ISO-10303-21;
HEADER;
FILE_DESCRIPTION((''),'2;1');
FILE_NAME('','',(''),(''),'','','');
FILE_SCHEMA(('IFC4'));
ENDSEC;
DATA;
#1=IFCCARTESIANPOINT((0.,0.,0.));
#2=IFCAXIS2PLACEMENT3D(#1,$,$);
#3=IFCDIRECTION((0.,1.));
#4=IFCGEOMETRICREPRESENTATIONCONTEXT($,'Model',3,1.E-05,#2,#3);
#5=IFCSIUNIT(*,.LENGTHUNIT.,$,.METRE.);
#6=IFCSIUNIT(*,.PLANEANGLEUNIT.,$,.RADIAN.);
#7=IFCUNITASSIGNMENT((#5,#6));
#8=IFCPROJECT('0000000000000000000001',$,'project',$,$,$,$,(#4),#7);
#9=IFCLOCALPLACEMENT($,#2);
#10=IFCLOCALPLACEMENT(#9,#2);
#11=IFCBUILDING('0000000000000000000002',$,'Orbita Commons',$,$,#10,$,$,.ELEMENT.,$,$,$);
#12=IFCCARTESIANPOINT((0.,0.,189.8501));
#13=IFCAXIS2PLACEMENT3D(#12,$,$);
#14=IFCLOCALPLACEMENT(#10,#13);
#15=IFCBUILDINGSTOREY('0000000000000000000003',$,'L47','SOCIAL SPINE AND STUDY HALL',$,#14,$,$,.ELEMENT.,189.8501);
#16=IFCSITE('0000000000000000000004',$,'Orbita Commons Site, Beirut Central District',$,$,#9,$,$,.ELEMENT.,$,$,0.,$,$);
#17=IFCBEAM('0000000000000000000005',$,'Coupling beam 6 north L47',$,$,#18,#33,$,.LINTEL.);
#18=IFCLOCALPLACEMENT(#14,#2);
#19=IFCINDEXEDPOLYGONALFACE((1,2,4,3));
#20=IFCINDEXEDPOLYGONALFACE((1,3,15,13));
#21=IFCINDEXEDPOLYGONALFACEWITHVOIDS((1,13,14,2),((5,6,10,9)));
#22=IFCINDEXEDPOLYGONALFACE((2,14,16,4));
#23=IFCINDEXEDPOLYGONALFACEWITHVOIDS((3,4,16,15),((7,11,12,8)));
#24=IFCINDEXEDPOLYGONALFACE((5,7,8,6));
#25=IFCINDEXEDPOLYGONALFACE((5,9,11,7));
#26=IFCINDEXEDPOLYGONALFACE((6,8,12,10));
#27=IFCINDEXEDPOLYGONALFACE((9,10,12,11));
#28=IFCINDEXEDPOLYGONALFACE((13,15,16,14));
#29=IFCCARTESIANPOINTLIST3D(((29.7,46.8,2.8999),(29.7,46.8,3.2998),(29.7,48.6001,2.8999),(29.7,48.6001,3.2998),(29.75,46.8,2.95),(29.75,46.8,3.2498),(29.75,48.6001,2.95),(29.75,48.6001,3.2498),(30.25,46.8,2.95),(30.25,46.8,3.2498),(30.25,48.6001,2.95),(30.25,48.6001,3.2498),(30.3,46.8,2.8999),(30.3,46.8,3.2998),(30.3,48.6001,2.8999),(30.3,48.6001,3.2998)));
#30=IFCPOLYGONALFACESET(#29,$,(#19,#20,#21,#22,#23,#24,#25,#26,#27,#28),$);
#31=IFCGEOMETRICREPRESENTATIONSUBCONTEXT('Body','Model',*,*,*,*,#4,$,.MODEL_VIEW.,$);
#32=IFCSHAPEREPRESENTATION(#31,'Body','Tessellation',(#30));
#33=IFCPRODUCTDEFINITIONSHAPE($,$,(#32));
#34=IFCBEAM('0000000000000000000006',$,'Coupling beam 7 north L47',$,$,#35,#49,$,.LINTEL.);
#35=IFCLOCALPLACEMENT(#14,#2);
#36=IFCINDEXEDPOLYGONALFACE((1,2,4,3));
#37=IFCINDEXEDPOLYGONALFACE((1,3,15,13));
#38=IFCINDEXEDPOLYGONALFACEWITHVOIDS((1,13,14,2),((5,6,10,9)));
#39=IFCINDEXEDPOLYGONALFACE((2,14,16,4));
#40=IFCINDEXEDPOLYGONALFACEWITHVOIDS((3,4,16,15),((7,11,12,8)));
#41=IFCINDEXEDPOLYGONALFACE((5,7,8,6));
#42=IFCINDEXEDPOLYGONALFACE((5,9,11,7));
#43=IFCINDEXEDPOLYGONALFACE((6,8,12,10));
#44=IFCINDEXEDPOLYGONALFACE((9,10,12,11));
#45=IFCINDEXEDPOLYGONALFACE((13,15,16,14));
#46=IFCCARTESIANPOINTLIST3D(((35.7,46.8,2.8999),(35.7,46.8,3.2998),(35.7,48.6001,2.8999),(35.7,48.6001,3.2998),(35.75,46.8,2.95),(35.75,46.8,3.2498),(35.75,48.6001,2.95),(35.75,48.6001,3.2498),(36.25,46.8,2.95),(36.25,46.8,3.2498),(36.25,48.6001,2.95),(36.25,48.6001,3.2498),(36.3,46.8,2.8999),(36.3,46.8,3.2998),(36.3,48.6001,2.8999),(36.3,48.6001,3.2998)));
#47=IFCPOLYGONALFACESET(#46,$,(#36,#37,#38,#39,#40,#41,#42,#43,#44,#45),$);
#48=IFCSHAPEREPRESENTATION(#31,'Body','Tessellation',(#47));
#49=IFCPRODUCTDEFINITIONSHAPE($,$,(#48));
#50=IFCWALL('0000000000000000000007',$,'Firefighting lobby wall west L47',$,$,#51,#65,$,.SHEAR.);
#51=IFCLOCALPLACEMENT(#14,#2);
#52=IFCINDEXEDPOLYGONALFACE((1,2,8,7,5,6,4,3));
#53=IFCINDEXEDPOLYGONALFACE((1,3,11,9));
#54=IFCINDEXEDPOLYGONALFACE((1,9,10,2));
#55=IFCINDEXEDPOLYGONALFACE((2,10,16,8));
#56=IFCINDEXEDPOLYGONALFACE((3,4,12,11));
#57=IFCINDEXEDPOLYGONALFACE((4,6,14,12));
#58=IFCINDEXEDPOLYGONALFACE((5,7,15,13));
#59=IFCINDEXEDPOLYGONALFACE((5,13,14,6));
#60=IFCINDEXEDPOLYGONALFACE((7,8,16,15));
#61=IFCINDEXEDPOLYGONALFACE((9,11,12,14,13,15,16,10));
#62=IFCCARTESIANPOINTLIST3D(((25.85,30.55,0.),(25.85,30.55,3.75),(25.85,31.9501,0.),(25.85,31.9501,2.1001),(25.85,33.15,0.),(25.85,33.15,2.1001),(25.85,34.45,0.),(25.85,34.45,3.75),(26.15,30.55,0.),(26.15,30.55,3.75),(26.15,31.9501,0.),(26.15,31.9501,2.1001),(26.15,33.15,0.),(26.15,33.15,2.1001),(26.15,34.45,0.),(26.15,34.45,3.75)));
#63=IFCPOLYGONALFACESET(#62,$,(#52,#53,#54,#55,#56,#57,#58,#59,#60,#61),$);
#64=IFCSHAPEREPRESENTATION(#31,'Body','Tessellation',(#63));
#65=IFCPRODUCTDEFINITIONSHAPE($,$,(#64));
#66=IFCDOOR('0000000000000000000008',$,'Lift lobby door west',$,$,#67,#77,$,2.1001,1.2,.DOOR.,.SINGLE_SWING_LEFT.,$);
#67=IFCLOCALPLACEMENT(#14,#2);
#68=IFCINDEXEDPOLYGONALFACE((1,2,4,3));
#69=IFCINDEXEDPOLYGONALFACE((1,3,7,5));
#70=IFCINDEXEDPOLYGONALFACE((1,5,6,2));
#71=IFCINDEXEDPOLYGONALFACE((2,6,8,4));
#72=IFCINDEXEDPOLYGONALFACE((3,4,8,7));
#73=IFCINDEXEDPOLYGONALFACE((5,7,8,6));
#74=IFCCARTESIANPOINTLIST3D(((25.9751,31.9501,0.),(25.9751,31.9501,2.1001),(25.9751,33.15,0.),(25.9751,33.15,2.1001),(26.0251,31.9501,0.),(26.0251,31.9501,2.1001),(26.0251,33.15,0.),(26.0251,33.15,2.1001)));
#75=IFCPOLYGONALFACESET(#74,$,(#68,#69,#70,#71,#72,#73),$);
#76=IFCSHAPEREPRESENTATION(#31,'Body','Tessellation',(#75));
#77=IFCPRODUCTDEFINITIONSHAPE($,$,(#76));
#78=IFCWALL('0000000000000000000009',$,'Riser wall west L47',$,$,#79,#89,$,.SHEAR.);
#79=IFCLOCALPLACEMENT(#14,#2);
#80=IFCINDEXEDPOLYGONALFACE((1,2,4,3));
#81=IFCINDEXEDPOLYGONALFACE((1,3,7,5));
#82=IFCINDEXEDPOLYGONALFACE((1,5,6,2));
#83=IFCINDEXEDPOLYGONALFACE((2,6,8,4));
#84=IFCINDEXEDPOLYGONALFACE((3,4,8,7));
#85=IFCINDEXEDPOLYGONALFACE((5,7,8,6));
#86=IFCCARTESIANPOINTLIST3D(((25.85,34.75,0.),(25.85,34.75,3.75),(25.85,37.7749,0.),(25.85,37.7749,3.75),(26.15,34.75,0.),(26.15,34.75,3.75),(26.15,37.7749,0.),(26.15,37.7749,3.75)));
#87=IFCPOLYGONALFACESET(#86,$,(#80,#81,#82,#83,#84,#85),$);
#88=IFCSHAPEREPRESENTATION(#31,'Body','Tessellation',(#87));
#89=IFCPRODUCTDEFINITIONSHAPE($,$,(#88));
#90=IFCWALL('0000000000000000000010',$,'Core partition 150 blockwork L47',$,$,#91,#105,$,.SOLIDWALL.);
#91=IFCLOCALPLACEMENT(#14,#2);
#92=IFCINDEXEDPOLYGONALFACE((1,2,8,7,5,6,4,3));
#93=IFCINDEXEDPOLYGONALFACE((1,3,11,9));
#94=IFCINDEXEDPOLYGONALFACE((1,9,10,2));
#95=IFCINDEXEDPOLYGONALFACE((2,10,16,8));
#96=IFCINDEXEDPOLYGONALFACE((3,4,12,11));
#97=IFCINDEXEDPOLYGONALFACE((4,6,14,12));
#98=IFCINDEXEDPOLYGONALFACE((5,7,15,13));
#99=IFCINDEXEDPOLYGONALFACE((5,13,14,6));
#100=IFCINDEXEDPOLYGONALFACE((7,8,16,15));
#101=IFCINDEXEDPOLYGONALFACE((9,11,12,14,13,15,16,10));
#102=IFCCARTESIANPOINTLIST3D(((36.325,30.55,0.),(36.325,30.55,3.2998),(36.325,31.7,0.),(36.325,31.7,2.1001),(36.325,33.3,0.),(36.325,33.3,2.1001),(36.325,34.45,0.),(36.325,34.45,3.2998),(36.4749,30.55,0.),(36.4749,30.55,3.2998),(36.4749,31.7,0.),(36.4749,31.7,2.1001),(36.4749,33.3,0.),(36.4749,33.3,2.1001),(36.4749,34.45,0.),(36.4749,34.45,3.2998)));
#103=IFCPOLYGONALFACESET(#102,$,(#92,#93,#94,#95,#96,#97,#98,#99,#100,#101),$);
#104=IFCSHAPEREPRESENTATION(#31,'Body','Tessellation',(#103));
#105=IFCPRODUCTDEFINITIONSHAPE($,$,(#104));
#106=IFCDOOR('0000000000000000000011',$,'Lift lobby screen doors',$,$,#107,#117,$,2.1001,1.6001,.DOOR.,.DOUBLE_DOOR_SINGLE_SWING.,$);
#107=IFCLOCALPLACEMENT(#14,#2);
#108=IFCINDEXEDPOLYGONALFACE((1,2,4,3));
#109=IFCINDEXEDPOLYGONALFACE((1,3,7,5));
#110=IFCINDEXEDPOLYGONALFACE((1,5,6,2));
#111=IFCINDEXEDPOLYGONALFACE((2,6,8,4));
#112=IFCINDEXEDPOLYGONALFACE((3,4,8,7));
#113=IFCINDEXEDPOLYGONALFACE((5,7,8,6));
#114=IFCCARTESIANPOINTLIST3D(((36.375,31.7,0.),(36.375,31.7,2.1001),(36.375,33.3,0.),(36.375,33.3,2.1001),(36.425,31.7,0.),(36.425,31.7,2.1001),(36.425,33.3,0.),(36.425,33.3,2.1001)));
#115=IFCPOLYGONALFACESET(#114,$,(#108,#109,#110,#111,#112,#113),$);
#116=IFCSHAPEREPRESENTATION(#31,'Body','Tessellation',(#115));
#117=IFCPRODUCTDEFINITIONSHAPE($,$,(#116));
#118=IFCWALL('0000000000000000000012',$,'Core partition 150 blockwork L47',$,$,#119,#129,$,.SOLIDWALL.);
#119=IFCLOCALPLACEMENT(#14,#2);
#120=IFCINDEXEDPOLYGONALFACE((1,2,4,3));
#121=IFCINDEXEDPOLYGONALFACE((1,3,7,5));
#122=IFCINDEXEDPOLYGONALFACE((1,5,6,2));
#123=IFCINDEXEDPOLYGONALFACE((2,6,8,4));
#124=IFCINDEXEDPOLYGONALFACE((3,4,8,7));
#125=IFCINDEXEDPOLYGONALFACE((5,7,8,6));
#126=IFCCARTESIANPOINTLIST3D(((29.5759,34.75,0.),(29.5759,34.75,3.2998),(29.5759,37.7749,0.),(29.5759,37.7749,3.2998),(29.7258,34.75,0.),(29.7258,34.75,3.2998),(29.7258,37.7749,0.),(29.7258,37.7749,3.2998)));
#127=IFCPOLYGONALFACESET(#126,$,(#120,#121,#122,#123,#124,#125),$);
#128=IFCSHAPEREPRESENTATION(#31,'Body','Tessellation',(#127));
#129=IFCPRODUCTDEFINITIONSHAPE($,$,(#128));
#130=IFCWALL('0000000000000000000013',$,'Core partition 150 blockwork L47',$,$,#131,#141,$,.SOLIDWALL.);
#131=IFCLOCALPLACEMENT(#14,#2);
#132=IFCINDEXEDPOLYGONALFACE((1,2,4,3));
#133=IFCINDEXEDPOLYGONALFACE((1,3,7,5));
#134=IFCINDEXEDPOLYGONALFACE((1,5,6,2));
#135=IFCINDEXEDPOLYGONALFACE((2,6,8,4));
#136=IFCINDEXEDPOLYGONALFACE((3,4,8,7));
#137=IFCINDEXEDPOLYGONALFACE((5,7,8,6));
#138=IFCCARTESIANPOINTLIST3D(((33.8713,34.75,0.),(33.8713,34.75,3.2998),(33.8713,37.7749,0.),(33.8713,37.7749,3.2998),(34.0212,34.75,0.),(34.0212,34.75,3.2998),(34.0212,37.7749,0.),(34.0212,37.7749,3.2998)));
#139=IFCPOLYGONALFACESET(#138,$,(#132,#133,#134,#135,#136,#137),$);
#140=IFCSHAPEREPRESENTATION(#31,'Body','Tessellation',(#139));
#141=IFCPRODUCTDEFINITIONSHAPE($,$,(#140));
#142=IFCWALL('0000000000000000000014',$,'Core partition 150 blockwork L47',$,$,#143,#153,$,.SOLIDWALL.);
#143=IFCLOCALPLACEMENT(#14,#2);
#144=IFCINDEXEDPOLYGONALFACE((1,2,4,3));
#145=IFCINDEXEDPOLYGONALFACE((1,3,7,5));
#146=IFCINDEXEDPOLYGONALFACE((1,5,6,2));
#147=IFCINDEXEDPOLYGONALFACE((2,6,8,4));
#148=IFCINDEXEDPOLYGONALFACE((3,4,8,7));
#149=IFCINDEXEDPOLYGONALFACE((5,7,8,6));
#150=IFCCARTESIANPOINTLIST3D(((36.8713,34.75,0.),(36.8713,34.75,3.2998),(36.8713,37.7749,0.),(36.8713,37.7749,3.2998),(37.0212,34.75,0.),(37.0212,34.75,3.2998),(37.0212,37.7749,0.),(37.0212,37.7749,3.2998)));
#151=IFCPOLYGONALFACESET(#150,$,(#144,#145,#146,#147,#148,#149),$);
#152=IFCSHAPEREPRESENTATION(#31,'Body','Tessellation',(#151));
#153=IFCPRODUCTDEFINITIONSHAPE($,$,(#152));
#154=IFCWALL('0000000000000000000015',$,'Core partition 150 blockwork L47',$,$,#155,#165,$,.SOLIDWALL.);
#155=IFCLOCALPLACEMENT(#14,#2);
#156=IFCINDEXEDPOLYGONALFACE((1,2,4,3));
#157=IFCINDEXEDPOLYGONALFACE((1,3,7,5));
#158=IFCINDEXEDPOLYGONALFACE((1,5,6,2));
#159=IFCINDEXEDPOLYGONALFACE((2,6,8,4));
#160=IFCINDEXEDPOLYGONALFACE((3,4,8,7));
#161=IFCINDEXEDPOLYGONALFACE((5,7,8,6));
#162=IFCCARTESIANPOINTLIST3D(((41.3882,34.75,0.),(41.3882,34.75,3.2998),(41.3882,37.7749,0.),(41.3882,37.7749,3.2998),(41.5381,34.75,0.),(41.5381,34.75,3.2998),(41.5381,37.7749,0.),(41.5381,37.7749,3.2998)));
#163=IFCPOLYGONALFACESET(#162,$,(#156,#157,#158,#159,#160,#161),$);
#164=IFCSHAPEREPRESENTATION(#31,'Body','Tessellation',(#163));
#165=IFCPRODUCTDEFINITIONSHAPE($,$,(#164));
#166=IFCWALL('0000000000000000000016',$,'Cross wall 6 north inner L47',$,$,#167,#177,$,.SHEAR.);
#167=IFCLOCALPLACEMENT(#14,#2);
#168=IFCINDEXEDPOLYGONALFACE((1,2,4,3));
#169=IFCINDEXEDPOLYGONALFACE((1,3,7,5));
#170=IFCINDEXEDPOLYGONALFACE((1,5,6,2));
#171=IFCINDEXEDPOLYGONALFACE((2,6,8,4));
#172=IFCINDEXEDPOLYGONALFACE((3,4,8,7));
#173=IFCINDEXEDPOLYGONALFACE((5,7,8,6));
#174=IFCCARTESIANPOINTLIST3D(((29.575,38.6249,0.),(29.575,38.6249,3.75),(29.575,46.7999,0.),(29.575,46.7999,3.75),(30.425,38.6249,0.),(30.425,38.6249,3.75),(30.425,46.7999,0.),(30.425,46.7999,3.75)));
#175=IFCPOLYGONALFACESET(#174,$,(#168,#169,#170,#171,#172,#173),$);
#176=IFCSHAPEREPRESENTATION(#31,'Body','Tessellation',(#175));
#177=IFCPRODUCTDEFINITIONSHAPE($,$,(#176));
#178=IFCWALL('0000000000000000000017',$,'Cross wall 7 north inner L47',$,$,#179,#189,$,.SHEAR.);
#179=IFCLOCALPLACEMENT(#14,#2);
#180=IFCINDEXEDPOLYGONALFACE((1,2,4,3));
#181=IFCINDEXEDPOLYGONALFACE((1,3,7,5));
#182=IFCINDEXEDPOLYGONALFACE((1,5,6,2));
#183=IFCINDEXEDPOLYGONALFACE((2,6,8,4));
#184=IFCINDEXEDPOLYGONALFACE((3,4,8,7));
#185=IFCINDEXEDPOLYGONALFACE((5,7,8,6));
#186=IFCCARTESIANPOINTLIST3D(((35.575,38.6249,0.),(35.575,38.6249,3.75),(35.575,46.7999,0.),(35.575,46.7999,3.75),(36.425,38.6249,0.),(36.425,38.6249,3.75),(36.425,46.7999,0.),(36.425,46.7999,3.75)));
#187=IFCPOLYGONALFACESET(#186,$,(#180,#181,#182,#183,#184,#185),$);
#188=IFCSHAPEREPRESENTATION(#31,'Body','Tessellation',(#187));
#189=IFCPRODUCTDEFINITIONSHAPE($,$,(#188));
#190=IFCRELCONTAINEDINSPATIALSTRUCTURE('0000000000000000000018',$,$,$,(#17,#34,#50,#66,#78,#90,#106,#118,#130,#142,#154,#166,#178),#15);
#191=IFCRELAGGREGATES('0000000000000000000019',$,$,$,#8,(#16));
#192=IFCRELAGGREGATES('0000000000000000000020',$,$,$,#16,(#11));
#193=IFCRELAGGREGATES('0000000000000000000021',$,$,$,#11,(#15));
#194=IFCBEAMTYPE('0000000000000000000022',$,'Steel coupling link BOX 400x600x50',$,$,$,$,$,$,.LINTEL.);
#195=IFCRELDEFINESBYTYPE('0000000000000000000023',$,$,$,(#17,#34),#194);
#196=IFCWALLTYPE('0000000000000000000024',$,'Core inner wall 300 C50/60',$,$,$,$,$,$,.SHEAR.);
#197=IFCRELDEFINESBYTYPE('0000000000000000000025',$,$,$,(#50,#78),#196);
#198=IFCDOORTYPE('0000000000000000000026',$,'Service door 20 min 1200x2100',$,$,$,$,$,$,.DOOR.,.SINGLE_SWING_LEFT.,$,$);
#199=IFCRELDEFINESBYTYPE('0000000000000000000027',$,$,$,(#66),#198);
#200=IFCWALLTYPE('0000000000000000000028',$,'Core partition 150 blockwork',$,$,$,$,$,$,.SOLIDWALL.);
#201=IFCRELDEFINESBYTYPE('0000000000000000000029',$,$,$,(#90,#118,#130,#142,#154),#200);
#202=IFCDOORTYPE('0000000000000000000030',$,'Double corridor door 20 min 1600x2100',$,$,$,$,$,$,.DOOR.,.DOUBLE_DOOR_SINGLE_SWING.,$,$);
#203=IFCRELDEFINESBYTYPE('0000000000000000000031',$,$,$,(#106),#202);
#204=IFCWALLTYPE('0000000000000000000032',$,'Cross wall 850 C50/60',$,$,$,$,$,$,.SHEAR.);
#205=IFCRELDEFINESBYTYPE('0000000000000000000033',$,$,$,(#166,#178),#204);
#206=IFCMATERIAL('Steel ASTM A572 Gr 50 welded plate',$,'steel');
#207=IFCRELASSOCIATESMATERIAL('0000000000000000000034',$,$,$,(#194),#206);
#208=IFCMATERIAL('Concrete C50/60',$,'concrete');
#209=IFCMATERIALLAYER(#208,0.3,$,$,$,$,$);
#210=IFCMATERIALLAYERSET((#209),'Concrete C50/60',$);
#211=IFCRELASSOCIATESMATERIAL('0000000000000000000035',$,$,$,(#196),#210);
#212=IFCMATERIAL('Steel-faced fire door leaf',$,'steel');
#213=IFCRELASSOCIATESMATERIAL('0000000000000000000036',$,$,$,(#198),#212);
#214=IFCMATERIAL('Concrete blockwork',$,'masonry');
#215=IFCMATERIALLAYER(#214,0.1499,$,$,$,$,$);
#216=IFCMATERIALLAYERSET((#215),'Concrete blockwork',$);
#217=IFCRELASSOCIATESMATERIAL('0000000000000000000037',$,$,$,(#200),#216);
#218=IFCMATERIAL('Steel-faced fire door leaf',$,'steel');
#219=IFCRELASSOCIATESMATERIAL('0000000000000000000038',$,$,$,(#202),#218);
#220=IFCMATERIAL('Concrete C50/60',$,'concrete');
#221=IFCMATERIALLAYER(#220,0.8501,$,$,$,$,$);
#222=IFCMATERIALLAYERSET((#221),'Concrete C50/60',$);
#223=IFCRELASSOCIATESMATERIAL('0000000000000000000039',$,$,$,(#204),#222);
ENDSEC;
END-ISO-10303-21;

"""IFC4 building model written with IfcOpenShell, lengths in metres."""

from ifc_helpers import new_model, si_unit, direction, frame, frame_2d, origin, origin_2d, place, context, subcontext, project, spatial, rectangle, hollow_rectangle, extrude, material, layer, layer_set, material_profile, profile_set, type_object, element, fill, save


model = new_model("IFC4")

# Units and contexts
model_context = context("Model", 3, precision=1e-05, world=origin(), true_north=direction((0.0, 1.0)))
body_context = subcontext(model_context, "Body", "Model", "MODEL_VIEW")
ifc_project = project(units=[si_unit("LENGTHUNIT", "METRE"), si_unit("PLANEANGLEUNIT", "RADIAN")], contexts=[model_context])

# Site, building, storey
site_placement = place(None, origin())
site = spatial("IfcSite", under=ifc_project, at=site_placement, Name="Orbita Commons Site, Beirut Central District", CompositionType="ELEMENT", RefElevation=0.0)
building_placement = place(site_placement, origin())
building = spatial("IfcBuilding", under=site, at=building_placement, Name="Orbita Commons", CompositionType="ELEMENT")
storey_placement = place(building_placement, frame((0.0, 0.0, 189.8501)))
storey = spatial("IfcBuildingStorey", under=building, at=storey_placement, Name="L47", Description="SOCIAL SPINE AND STUDY HALL", CompositionType="ELEMENT", Elevation=189.8501)

# Beams
ifc_material_1 = material(Name="Steel ASTM A572 Gr 50 welded plate", Category="steel")
ifc_material_profile = material_profile(ifc_material_1, hollow_rectangle(XDim=0.6001, YDim=0.3999, WallThickness=0.05, at=origin_2d()), Name="BOX 400x600x50")
ifc_profile_set = profile_set([ifc_material_profile], Name="Steel ASTM A572 Gr 50 welded plate")
beam_type = type_object("IfcBeamType", Name="Steel coupling link BOX 400x600x50", PredefinedType="LINTEL", material=ifc_profile_set)
for number, where, z_axis, x_axis, name in (
    (1, (30.0, 46.8, 3.0999), (0.0, 1.0, 0.0), (-1.0, 0.0, 0.0), "Coupling beam 6 north L47"),
    (2, (36.0, 46.8, 3.0999), (0.0, 1.0, 0.0), (-1.0, 0.0, 0.0), "Coupling beam 7 north L47"),
):
    element("IfcBeam", number, at=place(storey_placement, frame(where, z_axis=z_axis, x_axis=x_axis)), inside=storey, type_object=beam_type, Name=name, PredefinedType="LINTEL", context=body_context, shape_type="SweptSolid", body=[
        extrude(hollow_rectangle(XDim=0.6001, YDim=0.3999, WallThickness=0.05, at=origin_2d()), origin(), (0.0, 0.0, 1.0), 1.8),
    ])

# Wall, opening, door
ifc_material_2 = material(Name="Concrete C50/60", Category="concrete")
ifc_layer_1 = layer(ifc_material_2, 0.3)
ifc_layer_set_1 = layer_set([ifc_layer_1], Name="Concrete C50/60")
wall_type_1 = type_object("IfcWallType", Name="Core inner wall 300 C50/60", PredefinedType="SHEAR", material=ifc_layer_set_1)
wall_1_placement = place(storey_placement, frame((26.0, 30.55, 0.0), z_axis=(0.0, 0.0, 1.0), x_axis=(0.0, 1.0, 0.0)))
wall_1 = element("IfcWall", 3, at=wall_1_placement, inside=storey, type_object=wall_type_1, Name="Firefighting lobby wall west L47", PredefinedType="SHEAR", context=body_context, shape_type="SweptSolid", body=[
    extrude(rectangle(XDim=3.8999, YDim=0.3, at=frame_2d((1.95, 0.0))), origin(), (0.0, 0.0, 1.0), 3.75),
])
opening_1_placement = place(wall_1_placement, frame((1.3999, 0.0, 0.0)))
opening_1 = element("IfcOpeningElement", 4, at=opening_1_placement, cuts=wall_1, PredefinedType="OPENING", context=body_context, shape_type="SweptSolid", body=[
    extrude(rectangle(XDim=1.2, YDim=2.1001, at=frame_2d((0.6001, 1.05))), frame((0.0, 0.1599, 0.0), z_axis=(0.0, -1.0, 0.0), x_axis=(1.0, 0.0, 0.0)), (0.0, 0.0, 1.0), 0.3201),
])
ifc_material_3 = material(Name="Steel-faced fire door leaf", Category="steel")
door_type_1 = type_object("IfcDoorType", Name="Service door 20 min 1200x2100", OperationType="SINGLE_SWING_LEFT", PredefinedType="DOOR", material=ifc_material_3)
door_1_placement = place(opening_1_placement, origin())
door_1 = element("IfcDoor", 5, at=door_1_placement, inside=storey, type_object=door_type_1, Name="Lift lobby door west", OperationType="SINGLE_SWING_LEFT", OverallHeight=2.1001, OverallWidth=1.2, PredefinedType="DOOR", context=body_context, shape_type="SweptSolid", body=[
    extrude(rectangle(XDim=1.2, YDim=2.1001, at=frame_2d((0.6001, 1.05))), frame((0.0, 0.0249, 0.0), z_axis=(0.0, -1.0, 0.0), x_axis=(1.0, 0.0, 0.0)), (0.0, 0.0, 1.0), 0.05),
])
fill(opening_1, door_1)

# Wall
wall_2_placement = place(storey_placement, frame((26.0, 34.75, 0.0), z_axis=(0.0, 0.0, 1.0), x_axis=(0.0, 1.0, 0.0)))
element("IfcWall", 6, at=wall_2_placement, inside=storey, type_object=wall_type_1, Name="Riser wall west L47", PredefinedType="SHEAR", context=body_context, shape_type="SweptSolid", body=[
    extrude(rectangle(XDim=3.0249, YDim=0.3, at=frame_2d((1.5125, 0.0))), origin(), (0.0, 0.0, 1.0), 3.75),
])

# Wall, opening, door
ifc_material_4 = material(Name="Concrete blockwork", Category="masonry")
ifc_layer_2 = layer(ifc_material_4, 0.1499)
ifc_layer_set_2 = layer_set([ifc_layer_2], Name="Concrete blockwork")
wall_type_2 = type_object("IfcWallType", Name="Core partition 150 blockwork", PredefinedType="SOLIDWALL", material=ifc_layer_set_2)
wall_3_placement = place(storey_placement, frame((36.3999, 30.55, 0.0), z_axis=(0.0, 0.0, 1.0), x_axis=(0.0, 1.0, 0.0)))
wall_3 = element("IfcWall", 7, at=wall_3_placement, inside=storey, type_object=wall_type_2, Name="Core partition 150 blockwork L47", PredefinedType="SOLIDWALL", context=body_context, shape_type="SweptSolid", body=[
    extrude(rectangle(XDim=3.8999, YDim=0.1499, at=frame_2d((1.95, 0.0))), origin(), (0.0, 0.0, 1.0), 3.2998),
])
opening_2_placement = place(wall_3_placement, frame((1.1499, 0.0, 0.0)))
opening_2 = element("IfcOpeningElement", 8, at=opening_2_placement, cuts=wall_3, PredefinedType="OPENING", context=body_context, shape_type="SweptSolid", body=[
    extrude(rectangle(XDim=1.6001, YDim=2.1001, at=frame_2d((0.8, 1.05))), frame((0.0, 0.085, 0.0), z_axis=(0.0, -1.0, 0.0), x_axis=(1.0, 0.0, 0.0)), (0.0, 0.0, 1.0), 0.1699),
])
ifc_material_5 = material(Name="Steel-faced fire door leaf", Category="steel")
door_type_2 = type_object("IfcDoorType", Name="Double corridor door 20 min 1600x2100", OperationType="DOUBLE_DOOR_SINGLE_SWING", PredefinedType="DOOR", material=ifc_material_5)
door_2_placement = place(opening_2_placement, origin())
door_2 = element("IfcDoor", 9, at=door_2_placement, inside=storey, type_object=door_type_2, Name="Lift lobby screen doors", OperationType="DOUBLE_DOOR_SINGLE_SWING", OverallHeight=2.1001, OverallWidth=1.6001, PredefinedType="DOOR", context=body_context, shape_type="SweptSolid", body=[
    extrude(rectangle(XDim=1.6001, YDim=2.1001, at=frame_2d((0.8, 1.05))), frame((0.0, 0.0249, 0.0), z_axis=(0.0, -1.0, 0.0), x_axis=(1.0, 0.0, 0.0)), (0.0, 0.0, 1.0), 0.05),
])
fill(opening_2, door_2)

# Walls
for number, where, z_axis, x_axis, name in (
    (10, (29.6509, 34.75, 0.0), (0.0, 0.0, 1.0), (0.0, 1.0, 0.0), "Core partition 150 blockwork L47"),
    (11, (33.9463, 34.75, 0.0), (0.0, 0.0, 1.0), (0.0, 1.0, 0.0), "Core partition 150 blockwork L47"),
    (12, (36.9463, 34.75, 0.0), (0.0, 0.0, 1.0), (0.0, 1.0, 0.0), "Core partition 150 blockwork L47"),
    (13, (41.4631, 34.75, 0.0), (0.0, 0.0, 1.0), (0.0, 1.0, 0.0), "Core partition 150 blockwork L47"),
):
    element("IfcWall", number, at=place(storey_placement, frame(where, z_axis=z_axis, x_axis=x_axis)), inside=storey, type_object=wall_type_2, Name=name, PredefinedType="SOLIDWALL", context=body_context, shape_type="SweptSolid", body=[
        extrude(rectangle(XDim=3.0249, YDim=0.1499, at=frame_2d((1.5125, 0.0))), origin(), (0.0, 0.0, 1.0), 3.2998),
    ])
ifc_material_6 = material(Name="Concrete C50/60", Category="concrete")
ifc_layer_3 = layer(ifc_material_6, 0.8501)
ifc_layer_set_3 = layer_set([ifc_layer_3], Name="Concrete C50/60")
wall_type_3 = type_object("IfcWallType", Name="Cross wall 850 C50/60", PredefinedType="SHEAR", material=ifc_layer_set_3)
for number, where, z_axis, x_axis, name in (
    (14, (30.0, 38.625, 0.0), (0.0, 0.0, 1.0), (0.0, 1.0, 0.0), "Cross wall 6 north inner L47"),
    (15, (36.0, 38.625, 0.0), (0.0, 0.0, 1.0), (0.0, 1.0, 0.0), "Cross wall 7 north inner L47"),
):
    element("IfcWall", number, at=place(storey_placement, frame(where, z_axis=z_axis, x_axis=x_axis)), inside=storey, type_object=wall_type_3, Name=name, PredefinedType="SHEAR", context=body_context, shape_type="SweptSolid", body=[
        extrude(rectangle(XDim=8.175, YDim=0.8501, at=frame_2d((4.0874, 0.0))), origin(), (0.0, 0.0, 1.0), 3.75),
    ])

save(model, "model.ifc")
